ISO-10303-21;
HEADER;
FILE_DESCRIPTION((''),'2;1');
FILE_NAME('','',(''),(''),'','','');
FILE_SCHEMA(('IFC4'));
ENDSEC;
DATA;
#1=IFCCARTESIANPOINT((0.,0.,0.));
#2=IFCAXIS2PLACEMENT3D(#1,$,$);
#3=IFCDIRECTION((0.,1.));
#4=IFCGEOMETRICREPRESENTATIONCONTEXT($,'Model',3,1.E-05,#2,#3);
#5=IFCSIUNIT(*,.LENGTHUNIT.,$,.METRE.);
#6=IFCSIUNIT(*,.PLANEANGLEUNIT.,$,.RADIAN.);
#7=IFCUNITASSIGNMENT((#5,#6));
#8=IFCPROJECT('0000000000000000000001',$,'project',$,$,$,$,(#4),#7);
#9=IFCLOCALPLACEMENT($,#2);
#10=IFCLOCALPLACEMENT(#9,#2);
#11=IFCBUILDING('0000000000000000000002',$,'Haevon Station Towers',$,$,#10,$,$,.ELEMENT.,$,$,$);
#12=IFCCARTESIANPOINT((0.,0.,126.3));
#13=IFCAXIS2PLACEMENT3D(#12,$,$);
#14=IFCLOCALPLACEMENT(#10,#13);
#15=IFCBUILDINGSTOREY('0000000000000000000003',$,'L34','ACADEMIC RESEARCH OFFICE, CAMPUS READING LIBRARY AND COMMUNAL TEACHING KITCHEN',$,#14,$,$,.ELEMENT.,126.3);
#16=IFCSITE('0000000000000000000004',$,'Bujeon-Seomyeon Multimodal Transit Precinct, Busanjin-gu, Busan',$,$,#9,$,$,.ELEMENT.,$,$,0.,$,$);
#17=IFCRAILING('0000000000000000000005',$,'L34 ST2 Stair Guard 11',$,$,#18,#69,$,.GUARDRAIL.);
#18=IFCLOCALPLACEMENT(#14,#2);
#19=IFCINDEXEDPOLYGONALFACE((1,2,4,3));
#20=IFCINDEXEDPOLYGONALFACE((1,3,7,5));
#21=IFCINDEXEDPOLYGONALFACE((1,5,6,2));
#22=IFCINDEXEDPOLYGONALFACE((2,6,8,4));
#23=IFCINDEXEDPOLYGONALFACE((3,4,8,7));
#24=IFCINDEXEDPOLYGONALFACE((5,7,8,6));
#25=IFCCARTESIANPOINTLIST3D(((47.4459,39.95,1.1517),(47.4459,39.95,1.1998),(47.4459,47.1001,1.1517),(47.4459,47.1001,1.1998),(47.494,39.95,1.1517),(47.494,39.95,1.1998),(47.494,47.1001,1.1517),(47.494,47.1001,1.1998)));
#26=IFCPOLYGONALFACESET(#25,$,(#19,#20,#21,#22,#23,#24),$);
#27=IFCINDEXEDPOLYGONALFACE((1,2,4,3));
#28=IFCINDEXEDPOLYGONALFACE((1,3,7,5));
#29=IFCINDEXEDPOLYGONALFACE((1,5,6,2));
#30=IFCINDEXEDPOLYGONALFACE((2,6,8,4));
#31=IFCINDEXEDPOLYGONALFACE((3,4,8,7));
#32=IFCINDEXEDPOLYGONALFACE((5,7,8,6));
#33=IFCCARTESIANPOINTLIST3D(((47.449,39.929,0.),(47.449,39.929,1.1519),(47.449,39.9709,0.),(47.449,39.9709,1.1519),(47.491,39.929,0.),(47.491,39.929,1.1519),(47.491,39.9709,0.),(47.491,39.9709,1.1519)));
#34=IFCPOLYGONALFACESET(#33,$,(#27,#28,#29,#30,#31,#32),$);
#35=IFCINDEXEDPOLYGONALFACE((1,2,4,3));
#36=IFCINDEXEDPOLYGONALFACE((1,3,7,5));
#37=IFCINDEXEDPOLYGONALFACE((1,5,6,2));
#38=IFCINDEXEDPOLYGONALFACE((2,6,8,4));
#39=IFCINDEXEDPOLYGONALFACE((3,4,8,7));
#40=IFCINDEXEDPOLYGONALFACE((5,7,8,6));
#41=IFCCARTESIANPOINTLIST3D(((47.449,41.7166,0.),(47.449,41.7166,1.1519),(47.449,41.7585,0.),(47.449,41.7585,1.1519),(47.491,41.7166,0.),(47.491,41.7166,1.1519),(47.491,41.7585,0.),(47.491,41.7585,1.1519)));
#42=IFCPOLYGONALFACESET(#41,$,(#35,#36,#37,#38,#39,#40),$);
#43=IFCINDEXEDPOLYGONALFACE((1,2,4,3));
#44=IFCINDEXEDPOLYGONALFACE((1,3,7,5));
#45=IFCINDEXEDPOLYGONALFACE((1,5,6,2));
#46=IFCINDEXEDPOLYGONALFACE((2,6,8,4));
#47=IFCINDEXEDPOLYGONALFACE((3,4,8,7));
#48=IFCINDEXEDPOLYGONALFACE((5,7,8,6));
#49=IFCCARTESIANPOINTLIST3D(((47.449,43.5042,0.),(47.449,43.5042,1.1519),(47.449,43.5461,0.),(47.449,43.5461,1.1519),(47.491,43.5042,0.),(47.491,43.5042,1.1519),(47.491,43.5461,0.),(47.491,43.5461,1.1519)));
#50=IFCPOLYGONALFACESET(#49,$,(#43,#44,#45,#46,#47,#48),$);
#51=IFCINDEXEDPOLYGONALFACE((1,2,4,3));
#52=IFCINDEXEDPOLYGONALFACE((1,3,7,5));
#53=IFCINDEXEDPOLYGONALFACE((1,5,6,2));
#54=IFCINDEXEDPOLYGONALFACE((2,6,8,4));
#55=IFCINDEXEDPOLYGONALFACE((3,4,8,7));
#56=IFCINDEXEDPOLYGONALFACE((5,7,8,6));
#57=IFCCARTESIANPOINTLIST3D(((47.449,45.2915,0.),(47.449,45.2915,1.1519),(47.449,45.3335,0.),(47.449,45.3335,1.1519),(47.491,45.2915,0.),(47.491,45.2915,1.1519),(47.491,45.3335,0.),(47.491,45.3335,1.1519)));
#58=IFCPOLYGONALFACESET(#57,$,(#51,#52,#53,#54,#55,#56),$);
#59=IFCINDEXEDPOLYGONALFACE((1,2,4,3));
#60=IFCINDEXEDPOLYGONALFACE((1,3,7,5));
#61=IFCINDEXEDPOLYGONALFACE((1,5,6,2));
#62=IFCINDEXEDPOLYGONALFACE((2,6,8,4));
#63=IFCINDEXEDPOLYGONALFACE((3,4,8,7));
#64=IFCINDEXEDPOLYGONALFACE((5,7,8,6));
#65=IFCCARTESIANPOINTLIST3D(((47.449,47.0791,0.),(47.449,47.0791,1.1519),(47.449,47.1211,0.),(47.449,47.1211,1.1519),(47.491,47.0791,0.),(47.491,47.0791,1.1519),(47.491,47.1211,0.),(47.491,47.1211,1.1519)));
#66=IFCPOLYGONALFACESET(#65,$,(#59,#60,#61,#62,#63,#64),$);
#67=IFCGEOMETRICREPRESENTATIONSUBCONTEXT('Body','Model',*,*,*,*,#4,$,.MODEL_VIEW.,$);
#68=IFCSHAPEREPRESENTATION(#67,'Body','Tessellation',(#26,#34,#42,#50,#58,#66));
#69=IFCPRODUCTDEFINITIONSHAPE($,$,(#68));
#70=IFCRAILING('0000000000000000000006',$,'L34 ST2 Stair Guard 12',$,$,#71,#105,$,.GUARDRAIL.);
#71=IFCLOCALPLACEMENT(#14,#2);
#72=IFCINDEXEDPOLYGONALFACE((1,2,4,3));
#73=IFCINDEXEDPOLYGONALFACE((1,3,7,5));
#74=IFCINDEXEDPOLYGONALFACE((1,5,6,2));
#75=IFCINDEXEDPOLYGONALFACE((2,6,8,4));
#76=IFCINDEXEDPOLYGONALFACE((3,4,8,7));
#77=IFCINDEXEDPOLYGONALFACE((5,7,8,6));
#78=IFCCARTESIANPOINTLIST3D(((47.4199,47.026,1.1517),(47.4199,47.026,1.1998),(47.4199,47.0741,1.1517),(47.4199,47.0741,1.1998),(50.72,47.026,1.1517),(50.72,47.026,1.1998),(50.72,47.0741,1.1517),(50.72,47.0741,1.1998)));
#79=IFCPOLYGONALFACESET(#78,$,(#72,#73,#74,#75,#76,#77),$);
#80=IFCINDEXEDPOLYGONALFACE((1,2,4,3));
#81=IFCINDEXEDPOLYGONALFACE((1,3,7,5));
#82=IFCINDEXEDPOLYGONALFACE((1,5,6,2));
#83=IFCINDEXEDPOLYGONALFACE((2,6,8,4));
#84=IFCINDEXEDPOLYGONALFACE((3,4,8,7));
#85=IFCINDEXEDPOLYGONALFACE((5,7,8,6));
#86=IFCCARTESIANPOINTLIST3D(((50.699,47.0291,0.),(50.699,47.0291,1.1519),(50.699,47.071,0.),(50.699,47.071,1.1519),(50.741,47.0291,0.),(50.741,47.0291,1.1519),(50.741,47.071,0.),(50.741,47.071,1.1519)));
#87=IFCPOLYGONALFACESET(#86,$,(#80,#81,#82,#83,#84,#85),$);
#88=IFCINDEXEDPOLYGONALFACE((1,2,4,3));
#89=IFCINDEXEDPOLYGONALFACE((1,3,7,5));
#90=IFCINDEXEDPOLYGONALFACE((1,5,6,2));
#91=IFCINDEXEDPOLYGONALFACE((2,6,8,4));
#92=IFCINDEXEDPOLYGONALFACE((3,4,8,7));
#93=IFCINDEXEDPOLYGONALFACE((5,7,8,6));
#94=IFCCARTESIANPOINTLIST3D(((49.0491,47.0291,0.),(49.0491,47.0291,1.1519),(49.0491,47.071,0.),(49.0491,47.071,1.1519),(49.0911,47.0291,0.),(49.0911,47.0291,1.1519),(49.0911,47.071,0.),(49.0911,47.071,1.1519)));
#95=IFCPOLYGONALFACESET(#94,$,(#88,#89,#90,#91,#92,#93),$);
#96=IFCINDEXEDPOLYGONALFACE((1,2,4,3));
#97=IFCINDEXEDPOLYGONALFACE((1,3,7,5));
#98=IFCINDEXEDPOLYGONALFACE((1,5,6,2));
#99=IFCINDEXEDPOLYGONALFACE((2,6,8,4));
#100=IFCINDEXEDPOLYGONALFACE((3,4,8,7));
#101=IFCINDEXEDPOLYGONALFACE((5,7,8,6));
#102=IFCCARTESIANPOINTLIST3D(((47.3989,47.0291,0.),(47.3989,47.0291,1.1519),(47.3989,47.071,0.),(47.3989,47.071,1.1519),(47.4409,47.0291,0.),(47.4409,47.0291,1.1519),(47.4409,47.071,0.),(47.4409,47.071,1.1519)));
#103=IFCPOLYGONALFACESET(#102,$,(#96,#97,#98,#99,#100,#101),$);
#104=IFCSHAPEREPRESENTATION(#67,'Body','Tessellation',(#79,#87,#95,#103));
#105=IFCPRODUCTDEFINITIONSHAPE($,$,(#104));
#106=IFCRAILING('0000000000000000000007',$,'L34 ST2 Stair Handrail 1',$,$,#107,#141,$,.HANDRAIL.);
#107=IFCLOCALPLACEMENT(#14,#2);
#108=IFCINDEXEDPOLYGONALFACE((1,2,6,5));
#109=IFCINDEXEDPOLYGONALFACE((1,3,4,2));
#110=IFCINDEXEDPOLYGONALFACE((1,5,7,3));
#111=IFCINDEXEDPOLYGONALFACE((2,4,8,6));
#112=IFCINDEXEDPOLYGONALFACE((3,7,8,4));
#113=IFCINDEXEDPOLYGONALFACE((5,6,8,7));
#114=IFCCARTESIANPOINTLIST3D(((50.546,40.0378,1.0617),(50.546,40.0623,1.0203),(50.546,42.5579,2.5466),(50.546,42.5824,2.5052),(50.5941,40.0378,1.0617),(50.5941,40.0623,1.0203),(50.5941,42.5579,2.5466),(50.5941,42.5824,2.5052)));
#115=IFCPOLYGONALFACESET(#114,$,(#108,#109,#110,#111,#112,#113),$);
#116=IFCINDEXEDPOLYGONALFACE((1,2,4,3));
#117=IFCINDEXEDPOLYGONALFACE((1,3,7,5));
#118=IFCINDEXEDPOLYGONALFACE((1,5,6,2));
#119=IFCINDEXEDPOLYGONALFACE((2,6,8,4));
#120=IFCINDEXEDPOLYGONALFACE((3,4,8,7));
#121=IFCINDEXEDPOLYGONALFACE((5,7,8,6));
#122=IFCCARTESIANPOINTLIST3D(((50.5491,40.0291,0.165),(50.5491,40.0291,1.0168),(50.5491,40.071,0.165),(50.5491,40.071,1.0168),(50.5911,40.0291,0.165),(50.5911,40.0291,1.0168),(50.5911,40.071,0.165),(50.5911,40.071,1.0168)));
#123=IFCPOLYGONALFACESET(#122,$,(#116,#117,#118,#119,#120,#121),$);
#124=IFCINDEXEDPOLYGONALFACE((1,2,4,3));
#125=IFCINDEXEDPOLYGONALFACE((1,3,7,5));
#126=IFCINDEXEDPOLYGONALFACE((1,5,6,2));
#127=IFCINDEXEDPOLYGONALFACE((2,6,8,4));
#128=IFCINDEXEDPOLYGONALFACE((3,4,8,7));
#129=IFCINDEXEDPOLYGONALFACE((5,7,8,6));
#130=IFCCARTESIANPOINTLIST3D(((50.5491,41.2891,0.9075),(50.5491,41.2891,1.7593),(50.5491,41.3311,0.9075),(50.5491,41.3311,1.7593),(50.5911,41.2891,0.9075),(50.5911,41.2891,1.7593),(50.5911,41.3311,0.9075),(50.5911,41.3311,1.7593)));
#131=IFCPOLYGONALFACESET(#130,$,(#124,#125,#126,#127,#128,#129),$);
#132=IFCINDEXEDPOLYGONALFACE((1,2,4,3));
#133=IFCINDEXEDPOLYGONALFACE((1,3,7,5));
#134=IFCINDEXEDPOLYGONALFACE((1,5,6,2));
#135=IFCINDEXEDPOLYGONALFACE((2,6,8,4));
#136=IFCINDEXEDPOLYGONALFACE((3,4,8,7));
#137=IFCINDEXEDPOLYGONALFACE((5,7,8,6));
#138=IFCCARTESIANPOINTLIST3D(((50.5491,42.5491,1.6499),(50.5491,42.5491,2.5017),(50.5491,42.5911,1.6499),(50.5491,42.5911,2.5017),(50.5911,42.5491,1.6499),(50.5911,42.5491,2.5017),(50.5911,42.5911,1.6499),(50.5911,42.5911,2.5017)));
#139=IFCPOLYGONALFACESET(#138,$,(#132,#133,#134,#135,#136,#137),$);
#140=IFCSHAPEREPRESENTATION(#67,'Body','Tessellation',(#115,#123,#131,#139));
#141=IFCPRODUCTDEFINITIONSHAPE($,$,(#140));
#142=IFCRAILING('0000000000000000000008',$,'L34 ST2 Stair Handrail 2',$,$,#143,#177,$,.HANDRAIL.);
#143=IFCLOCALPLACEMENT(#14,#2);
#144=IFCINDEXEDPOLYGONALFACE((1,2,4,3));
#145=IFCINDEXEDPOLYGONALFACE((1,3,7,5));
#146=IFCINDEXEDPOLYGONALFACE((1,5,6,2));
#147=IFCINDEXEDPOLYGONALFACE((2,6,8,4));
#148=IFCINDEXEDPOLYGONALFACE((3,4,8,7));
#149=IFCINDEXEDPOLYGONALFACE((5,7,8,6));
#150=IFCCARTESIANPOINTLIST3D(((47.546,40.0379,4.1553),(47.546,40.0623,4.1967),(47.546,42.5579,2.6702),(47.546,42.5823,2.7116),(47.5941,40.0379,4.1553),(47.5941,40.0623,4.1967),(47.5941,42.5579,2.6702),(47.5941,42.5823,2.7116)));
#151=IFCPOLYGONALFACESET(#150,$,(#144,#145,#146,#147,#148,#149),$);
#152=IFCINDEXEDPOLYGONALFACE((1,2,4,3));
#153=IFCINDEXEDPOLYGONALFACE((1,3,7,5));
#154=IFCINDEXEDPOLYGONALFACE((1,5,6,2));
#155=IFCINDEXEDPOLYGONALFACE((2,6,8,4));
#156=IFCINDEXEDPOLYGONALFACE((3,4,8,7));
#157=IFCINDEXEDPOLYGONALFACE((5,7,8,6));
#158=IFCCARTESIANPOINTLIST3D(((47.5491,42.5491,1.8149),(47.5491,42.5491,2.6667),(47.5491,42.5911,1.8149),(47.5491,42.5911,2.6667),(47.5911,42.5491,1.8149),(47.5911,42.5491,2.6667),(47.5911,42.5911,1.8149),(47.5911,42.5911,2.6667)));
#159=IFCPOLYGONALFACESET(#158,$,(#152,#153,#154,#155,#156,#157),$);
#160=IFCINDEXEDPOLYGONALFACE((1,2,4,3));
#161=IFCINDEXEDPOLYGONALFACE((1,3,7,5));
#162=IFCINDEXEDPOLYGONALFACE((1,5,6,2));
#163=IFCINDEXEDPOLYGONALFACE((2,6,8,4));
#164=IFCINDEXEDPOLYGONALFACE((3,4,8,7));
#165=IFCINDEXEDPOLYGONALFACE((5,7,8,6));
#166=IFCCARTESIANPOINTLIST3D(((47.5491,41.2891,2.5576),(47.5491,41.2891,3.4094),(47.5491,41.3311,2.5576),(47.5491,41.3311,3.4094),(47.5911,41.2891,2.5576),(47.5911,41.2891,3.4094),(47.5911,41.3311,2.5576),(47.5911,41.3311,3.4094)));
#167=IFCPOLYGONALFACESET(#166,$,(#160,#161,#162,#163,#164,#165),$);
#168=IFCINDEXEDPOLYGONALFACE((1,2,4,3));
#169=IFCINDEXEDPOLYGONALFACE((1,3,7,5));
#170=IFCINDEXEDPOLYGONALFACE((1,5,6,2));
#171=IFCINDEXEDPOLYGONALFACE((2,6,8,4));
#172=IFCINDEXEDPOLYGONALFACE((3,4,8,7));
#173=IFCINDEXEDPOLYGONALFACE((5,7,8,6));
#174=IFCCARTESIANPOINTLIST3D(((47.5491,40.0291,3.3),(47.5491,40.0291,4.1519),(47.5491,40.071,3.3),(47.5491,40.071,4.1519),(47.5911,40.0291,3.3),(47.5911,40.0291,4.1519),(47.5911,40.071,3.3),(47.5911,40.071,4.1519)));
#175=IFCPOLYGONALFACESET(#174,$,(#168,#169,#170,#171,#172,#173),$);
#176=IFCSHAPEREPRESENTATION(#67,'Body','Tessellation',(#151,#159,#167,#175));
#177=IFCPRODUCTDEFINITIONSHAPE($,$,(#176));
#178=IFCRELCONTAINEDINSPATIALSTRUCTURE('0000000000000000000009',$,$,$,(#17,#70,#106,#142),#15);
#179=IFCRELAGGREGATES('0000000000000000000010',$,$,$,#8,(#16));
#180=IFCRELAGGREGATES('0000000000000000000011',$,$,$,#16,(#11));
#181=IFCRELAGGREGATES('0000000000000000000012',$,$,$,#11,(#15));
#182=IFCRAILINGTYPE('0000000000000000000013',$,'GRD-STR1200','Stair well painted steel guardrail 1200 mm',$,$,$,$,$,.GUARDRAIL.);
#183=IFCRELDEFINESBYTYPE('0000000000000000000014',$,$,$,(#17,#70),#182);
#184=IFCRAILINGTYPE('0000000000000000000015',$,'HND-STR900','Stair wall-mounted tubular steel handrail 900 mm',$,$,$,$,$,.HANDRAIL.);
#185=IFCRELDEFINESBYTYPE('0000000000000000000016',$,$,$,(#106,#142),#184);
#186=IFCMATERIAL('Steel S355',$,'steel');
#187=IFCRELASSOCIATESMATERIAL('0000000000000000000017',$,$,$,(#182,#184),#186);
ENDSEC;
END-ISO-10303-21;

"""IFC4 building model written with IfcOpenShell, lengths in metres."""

from ifc_helpers import new_model, si_unit, direction, frame, origin, origin_2d, place, context, subcontext, project, spatial, rectangle, extrude, material, type_object, element, save


model = new_model("IFC4")

# Units and contexts
model_context = context("Model", 3, precision=1e-05, world=origin(), true_north=direction((0.0, 1.0)))
body_context = subcontext(model_context, "Body", "Model", "MODEL_VIEW")
ifc_project = project(units=[si_unit("LENGTHUNIT", "METRE"), si_unit("PLANEANGLEUNIT", "RADIAN")], contexts=[model_context])

# Site, building, storey
site_placement = place(None, origin())
site = spatial("IfcSite", under=ifc_project, at=site_placement, Name="Bujeon-Seomyeon Multimodal Transit Precinct, Busanjin-gu, Busan", CompositionType="ELEMENT", RefElevation=0.0)
building_placement = place(site_placement, origin())
building = spatial("IfcBuilding", under=site, at=building_placement, Name="Haevon Station Towers", CompositionType="ELEMENT")
storey_placement = place(building_placement, frame((0.0, 0.0, 126.3)))
storey = spatial("IfcBuildingStorey", under=building, at=storey_placement, Name="L34", Description="ACADEMIC RESEARCH OFFICE, CAMPUS READING LIBRARY AND COMMUNAL TEACHING KITCHEN", CompositionType="ELEMENT", Elevation=126.3)

# Shared definitions
ifc_material_1 = material(Name="Steel S355", Category="steel")

# Railings
railing_type_1 = type_object("IfcRailingType", Name="GRD-STR1200", Description="Stair well painted steel guardrail 1200 mm", PredefinedType="GUARDRAIL", material=ifc_material_1)
for number, where, name in (
    (1, (47.47, 39.95, 0.0), "L34 ST2 Stair Guard 11"),
):
    element("IfcRailing", number, at=place(storey_placement, frame(where)), inside=storey, type_object=railing_type_1, Name=name, PredefinedType="GUARDRAIL", context=body_context, shape_type="SweptSolid", body=[
        extrude(rectangle(XDim=0.0481, YDim=0.0481, at=origin_2d()), frame((0.0, 0.0, 1.1758), z_axis=(0.0, 1.0, 0.0), x_axis=(-1.0, 0.0, 0.0)), (0.0, 0.0, 1.0), 7.1501),
        extrude(rectangle(XDim=0.042, YDim=0.042, at=origin_2d()), origin(), (0.0, 0.0, 1.0), 1.1519),
        extrude(rectangle(XDim=0.042, YDim=0.042, at=origin_2d()), frame((0.0, 1.7876, 0.0)), (0.0, 0.0, 1.0), 1.1519),
        extrude(rectangle(XDim=0.042, YDim=0.042, at=origin_2d()), frame((0.0, 3.5752, 0.0)), (0.0, 0.0, 1.0), 1.1519),
        extrude(rectangle(XDim=0.042, YDim=0.042, at=origin_2d()), frame((0.0, 5.3625, 0.0)), (0.0, 0.0, 1.0), 1.1519),
        extrude(rectangle(XDim=0.042, YDim=0.042, at=origin_2d()), frame((0.0, 7.1501, 0.0)), (0.0, 0.0, 1.0), 1.1519),
    ])
railing_1_placement = place(storey_placement, frame((50.72, 47.05, 0.0)))
element("IfcRailing", 2, at=railing_1_placement, inside=storey, type_object=railing_type_1, Name="L34 ST2 Stair Guard 12", PredefinedType="GUARDRAIL", context=body_context, shape_type="SweptSolid", body=[
    extrude(rectangle(XDim=0.0481, YDim=0.0481, at=origin_2d()), frame((0.0, 0.0, 1.1758), z_axis=(-1.0, 0.0, 0.0), x_axis=(0.0, -1.0, 0.0)), (0.0, 0.0, 1.0), 3.3),
    extrude(rectangle(XDim=0.042, YDim=0.042, at=origin_2d()), origin(), (0.0, 0.0, 1.0), 1.1519),
    extrude(rectangle(XDim=0.042, YDim=0.042, at=origin_2d()), frame((-1.6499, 0.0, 0.0)), (0.0, 0.0, 1.0), 1.1519),
    extrude(rectangle(XDim=0.042, YDim=0.042, at=origin_2d()), frame((-3.3, 0.0, 0.0)), (0.0, 0.0, 1.0), 1.1519),
])
railing_type_2 = type_object("IfcRailingType", Name="HND-STR900", Description="Stair wall-mounted tubular steel handrail 900 mm", PredefinedType="HANDRAIL", material=ifc_material_1)
railing_2_placement = place(storey_placement, frame((50.5701, 40.05, 0.165)))
element("IfcRailing", 3, at=railing_2_placement, inside=storey, type_object=railing_type_2, Name="L34 ST2 Stair Handrail 1", PredefinedType="HANDRAIL", context=body_context, shape_type="SweptSolid", body=[
    extrude(rectangle(XDim=0.0481, YDim=0.0481, at=origin_2d()), frame((0.0, 0.0, 0.876), z_axis=(0.0, 0.861561, 0.507655), x_axis=(-1.0, 0.0, 0.0)), (0.0, 0.0, 1.0), 2.925),
    extrude(rectangle(XDim=0.042, YDim=0.042, at=origin_2d()), origin(), (0.0, 0.0, 1.0), 0.8518),
    extrude(rectangle(XDim=0.042, YDim=0.042, at=origin_2d()), frame((0.0, 1.26, 0.7424)), (0.0, 0.0, 1.0), 0.8518),
    extrude(rectangle(XDim=0.042, YDim=0.042, at=origin_2d()), frame((0.0, 2.52, 1.4849)), (0.0, 0.0, 1.0), 0.8518),
])
railing_3_placement = place(storey_placement, frame((47.5701, 42.5701, 1.8149)))
element("IfcRailing", 4, at=railing_3_placement, inside=storey, type_object=railing_type_2, Name="L34 ST2 Stair Handrail 2", PredefinedType="HANDRAIL", context=body_context, shape_type="SweptSolid", body=[
    extrude(rectangle(XDim=0.0481, YDim=0.0481, at=origin_2d()), frame((0.0, 0.0, 0.876), z_axis=(0.0, -0.861524, 0.507717), x_axis=(1.0, 0.0, 0.0)), (0.0, 0.0, 1.0), 2.925),
    extrude(rectangle(XDim=0.042, YDim=0.042, at=origin_2d()), origin(), (0.0, 0.0, 1.0), 0.8518),
    extrude(rectangle(XDim=0.042, YDim=0.042, at=origin_2d()), frame((0.0, -1.26, 0.7427)), (0.0, 0.0, 1.0), 0.8518),
    extrude(rectangle(XDim=0.042, YDim=0.042, at=origin_2d()), frame((0.0, -2.52, 1.4851)), (0.0, 0.0, 1.0), 0.8518),
])

save(model, "model.ifc")
